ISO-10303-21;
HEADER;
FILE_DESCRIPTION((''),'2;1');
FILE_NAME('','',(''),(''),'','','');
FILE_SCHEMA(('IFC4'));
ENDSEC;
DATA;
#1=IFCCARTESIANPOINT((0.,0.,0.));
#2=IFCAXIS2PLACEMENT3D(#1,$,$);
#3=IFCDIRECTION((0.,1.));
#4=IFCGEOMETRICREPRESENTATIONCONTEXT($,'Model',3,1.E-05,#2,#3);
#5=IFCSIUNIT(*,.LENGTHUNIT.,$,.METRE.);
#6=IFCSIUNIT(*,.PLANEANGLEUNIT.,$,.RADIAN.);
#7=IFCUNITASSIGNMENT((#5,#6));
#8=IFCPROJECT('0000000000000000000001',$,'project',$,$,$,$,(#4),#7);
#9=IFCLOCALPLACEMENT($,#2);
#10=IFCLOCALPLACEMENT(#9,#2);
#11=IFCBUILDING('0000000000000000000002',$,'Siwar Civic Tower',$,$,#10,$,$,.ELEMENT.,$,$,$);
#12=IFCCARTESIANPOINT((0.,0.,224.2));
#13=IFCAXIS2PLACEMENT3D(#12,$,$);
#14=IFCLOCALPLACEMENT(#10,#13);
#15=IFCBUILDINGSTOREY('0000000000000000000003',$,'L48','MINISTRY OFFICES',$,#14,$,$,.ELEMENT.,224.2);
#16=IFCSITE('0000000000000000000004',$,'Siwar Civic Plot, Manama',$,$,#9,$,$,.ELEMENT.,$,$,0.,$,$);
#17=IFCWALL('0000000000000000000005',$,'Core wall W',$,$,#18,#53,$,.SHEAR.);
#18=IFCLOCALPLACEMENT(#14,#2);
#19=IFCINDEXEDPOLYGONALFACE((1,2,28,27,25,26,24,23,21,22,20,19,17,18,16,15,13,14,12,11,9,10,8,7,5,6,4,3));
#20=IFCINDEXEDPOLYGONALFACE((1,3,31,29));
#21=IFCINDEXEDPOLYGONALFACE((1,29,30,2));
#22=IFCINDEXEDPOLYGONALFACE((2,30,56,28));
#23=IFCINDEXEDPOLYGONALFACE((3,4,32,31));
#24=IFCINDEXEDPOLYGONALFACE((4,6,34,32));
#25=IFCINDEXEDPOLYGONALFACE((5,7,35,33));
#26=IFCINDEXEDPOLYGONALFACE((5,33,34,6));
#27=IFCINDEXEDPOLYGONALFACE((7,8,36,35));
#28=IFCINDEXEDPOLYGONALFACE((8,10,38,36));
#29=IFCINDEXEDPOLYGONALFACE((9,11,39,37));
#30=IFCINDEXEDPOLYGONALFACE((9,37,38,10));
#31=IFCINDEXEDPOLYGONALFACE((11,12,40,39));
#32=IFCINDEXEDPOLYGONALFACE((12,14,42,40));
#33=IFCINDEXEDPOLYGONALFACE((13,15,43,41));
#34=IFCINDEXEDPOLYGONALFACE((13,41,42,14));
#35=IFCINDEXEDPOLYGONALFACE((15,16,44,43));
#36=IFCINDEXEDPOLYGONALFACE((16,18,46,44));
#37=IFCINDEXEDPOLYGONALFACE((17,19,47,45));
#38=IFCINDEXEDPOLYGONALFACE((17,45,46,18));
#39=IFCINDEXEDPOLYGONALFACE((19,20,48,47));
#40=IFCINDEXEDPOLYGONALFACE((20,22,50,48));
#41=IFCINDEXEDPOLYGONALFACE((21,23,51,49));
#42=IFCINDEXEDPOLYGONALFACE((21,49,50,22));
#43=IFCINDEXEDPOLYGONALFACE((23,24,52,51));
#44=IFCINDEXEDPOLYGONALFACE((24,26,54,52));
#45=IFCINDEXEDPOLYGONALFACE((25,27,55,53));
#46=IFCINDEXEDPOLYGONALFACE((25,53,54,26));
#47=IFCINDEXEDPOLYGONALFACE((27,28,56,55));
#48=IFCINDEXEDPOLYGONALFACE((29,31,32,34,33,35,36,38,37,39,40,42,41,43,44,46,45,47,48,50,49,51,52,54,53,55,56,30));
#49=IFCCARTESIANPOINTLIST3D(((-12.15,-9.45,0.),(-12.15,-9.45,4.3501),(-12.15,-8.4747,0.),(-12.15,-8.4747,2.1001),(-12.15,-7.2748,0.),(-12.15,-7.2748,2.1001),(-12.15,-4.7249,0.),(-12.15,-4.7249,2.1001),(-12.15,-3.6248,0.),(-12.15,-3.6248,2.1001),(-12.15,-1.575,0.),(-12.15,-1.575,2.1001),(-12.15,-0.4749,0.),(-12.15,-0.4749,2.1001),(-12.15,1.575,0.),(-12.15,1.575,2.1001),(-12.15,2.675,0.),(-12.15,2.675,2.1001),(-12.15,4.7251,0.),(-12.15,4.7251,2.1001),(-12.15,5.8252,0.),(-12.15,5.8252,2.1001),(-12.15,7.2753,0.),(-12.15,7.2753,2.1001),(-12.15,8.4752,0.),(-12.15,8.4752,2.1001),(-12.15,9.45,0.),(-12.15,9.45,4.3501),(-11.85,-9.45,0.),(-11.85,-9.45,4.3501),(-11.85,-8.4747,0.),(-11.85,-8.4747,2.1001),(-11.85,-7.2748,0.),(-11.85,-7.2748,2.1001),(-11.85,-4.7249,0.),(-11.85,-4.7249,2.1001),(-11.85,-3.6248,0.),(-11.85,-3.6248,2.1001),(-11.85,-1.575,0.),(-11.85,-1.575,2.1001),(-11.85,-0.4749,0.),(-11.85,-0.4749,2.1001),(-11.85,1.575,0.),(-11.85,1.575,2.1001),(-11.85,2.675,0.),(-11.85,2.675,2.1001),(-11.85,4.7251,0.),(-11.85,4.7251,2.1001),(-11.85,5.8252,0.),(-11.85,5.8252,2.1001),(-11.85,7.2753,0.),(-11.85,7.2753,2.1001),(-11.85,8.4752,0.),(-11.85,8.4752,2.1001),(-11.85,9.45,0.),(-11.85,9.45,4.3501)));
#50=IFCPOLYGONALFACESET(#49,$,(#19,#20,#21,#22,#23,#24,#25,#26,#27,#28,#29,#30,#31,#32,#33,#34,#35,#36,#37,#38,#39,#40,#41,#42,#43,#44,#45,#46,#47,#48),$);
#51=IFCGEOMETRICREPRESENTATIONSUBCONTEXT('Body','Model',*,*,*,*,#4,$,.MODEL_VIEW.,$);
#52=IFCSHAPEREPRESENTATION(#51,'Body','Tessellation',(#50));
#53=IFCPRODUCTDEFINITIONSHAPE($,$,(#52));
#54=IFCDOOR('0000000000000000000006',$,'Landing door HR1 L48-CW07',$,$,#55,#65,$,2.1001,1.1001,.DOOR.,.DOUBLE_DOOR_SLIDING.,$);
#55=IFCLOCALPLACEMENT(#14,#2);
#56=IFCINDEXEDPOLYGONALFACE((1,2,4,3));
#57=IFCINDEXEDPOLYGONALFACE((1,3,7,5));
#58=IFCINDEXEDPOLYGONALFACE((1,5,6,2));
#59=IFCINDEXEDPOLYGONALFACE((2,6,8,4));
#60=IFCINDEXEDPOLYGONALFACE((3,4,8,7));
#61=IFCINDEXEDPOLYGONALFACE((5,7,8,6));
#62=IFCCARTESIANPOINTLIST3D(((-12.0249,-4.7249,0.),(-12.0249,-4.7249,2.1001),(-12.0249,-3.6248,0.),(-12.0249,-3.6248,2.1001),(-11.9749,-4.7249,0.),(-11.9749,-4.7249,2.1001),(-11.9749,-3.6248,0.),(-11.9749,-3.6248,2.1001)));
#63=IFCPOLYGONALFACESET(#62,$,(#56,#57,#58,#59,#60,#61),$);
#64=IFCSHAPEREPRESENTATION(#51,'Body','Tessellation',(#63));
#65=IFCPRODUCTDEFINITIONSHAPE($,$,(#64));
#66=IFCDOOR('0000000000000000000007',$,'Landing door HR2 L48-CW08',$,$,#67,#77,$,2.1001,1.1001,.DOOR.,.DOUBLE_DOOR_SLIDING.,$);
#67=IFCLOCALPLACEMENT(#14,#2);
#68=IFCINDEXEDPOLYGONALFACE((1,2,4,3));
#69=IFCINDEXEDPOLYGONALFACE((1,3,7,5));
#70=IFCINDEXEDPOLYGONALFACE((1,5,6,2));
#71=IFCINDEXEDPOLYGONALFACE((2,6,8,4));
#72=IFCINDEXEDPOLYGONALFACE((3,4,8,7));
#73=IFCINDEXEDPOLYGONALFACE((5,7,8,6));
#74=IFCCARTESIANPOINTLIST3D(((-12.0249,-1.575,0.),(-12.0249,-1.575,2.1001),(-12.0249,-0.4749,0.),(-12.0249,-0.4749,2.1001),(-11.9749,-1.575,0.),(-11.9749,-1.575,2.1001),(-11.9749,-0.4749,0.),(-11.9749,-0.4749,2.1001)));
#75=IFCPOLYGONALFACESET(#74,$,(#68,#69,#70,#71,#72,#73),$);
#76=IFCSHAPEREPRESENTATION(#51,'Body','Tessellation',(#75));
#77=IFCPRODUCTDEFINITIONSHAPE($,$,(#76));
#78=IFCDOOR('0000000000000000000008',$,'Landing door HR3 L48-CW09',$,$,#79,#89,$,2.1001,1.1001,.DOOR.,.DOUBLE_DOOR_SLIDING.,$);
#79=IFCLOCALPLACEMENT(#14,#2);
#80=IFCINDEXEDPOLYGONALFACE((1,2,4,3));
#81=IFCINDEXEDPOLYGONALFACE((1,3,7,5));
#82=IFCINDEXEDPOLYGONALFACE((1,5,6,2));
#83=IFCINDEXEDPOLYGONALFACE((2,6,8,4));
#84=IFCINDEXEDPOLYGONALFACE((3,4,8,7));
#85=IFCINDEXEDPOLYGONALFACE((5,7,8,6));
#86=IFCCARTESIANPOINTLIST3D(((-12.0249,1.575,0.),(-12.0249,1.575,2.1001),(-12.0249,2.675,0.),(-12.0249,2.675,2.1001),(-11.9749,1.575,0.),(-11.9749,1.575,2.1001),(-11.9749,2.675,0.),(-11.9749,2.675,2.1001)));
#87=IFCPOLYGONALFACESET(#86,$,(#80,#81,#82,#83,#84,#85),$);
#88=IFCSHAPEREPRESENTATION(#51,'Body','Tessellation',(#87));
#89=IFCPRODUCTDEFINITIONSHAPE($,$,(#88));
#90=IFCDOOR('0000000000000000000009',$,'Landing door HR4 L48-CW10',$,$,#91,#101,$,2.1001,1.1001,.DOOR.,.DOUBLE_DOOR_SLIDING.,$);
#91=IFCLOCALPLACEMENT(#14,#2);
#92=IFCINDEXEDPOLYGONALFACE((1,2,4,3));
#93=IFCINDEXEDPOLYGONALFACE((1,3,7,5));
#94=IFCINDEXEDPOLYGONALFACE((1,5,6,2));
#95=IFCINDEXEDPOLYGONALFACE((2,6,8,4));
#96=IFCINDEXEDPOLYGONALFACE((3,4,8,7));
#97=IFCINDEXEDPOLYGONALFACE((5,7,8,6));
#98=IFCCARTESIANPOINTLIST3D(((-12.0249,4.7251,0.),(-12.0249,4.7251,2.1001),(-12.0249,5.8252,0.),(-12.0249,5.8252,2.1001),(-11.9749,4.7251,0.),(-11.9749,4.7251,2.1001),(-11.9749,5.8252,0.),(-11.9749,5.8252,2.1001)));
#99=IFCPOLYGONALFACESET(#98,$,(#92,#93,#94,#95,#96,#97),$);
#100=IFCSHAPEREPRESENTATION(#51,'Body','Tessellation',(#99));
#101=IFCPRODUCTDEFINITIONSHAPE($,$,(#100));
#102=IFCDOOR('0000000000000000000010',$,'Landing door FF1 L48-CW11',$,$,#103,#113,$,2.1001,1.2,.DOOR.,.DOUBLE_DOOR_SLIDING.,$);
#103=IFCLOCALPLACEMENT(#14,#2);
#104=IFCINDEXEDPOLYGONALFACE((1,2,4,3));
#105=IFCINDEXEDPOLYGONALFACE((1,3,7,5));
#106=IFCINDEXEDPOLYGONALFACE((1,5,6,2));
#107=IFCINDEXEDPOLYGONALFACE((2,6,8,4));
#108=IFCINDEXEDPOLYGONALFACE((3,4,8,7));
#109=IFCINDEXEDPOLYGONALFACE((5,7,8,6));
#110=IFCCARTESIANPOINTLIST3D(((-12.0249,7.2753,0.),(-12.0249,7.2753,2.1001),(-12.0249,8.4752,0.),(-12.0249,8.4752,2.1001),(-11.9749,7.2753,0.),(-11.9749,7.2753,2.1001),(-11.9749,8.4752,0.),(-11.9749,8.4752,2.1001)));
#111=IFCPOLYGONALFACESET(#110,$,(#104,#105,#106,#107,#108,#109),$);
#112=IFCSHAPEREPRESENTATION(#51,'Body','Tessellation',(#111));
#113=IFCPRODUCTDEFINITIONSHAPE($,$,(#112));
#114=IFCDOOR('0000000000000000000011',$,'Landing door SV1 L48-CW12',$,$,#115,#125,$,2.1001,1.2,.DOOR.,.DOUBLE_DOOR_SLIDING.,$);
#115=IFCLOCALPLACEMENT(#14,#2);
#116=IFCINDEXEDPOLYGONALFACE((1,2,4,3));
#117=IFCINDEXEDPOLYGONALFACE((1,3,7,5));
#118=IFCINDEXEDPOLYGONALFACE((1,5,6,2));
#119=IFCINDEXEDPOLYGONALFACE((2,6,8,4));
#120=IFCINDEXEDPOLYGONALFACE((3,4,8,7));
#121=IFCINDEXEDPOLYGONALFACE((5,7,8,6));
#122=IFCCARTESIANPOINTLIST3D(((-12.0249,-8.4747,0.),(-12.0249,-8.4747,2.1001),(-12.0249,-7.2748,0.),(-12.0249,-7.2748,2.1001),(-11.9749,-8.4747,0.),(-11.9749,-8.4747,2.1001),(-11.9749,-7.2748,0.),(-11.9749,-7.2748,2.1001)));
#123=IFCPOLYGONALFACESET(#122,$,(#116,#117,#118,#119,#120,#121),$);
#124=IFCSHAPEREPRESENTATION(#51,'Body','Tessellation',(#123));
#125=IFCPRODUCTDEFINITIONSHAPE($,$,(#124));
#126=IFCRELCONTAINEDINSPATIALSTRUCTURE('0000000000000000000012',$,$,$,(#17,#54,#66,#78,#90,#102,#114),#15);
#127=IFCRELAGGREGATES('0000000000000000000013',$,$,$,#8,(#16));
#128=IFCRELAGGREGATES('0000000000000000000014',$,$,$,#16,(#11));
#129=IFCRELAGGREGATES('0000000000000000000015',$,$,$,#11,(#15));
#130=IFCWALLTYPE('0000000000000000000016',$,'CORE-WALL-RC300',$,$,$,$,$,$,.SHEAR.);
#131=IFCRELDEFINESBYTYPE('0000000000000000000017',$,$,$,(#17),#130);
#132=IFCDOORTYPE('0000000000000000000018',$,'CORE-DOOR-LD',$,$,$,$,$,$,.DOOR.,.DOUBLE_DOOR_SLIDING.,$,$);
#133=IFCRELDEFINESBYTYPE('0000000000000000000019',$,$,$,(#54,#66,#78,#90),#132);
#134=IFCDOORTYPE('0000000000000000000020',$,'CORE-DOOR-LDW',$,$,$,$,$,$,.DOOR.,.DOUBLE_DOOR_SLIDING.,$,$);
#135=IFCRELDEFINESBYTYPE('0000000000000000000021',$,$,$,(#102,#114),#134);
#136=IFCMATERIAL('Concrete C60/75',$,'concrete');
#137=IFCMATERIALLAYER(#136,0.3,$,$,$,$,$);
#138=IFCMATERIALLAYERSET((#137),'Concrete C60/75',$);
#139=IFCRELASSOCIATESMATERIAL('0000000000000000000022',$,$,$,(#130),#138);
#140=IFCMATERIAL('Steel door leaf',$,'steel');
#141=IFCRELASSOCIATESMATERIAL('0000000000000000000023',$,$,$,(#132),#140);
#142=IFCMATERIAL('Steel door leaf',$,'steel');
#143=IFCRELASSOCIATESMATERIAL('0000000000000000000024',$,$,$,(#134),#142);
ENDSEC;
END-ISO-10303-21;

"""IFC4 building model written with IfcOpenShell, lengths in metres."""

from ifc_helpers import new_model, si_unit, direction, frame, frame_2d, origin, place, context, subcontext, project, spatial, rectangle, extrude, material, layer, layer_set, type_object, element, fill, save


model = new_model("IFC4")

# Units and contexts
model_context = context("Model", 3, precision=1e-05, world=origin(), true_north=direction((0.0, 1.0)))
body_context = subcontext(model_context, "Body", "Model", "MODEL_VIEW")
ifc_project = project(units=[si_unit("LENGTHUNIT", "METRE"), si_unit("PLANEANGLEUNIT", "RADIAN")], contexts=[model_context])

# Site, building, storey
site_placement = place(None, origin())
site = spatial("IfcSite", under=ifc_project, at=site_placement, Name="Siwar Civic Plot, Manama", CompositionType="ELEMENT", RefElevation=0.0)
building_placement = place(site_placement, origin())
building = spatial("IfcBuilding", under=site, at=building_placement, Name="Siwar Civic Tower", CompositionType="ELEMENT")
storey_placement = place(building_placement, frame((0.0, 0.0, 224.2)))
storey = spatial("IfcBuildingStorey", under=building, at=storey_placement, Name="L48", Description="MINISTRY OFFICES", CompositionType="ELEMENT", Elevation=224.2)

# Wall, openings, doors
ifc_material_1 = material(Name="Concrete C60/75", Category="concrete")
ifc_layer_1 = layer(ifc_material_1, 0.3)
ifc_layer_set_1 = layer_set([ifc_layer_1], Name="Concrete C60/75")
wall_type_1 = type_object("IfcWallType", Name="CORE-WALL-RC300", PredefinedType="SHEAR", material=ifc_layer_set_1)
wall_1_placement = place(storey_placement, frame((-12.0, -9.45, 0.0), z_axis=(0.0, 0.0, 1.0), x_axis=(0.0, 1.0, 0.0)))
wall_1 = element("IfcWall", 1, at=wall_1_placement, inside=storey, type_object=wall_type_1, Name="Core wall W", PredefinedType="SHEAR", context=body_context, shape_type="SweptSolid", body=[
    extrude(rectangle(XDim=18.8999, YDim=0.3, at=frame_2d((9.45, 0.0))), origin(), (0.0, 0.0, 1.0), 4.3501),
])
opening_1_placement = place(wall_1_placement, frame((4.7251, 0.0, 0.0)))
opening_1 = element("IfcOpeningElement", 2, at=opening_1_placement, cuts=wall_1, PredefinedType="OPENING", context=body_context, shape_type="SweptSolid", body=[
    extrude(rectangle(XDim=1.1001, YDim=2.1001, at=frame_2d((0.55, 1.05))), frame((0.0, 0.1602, 0.0), z_axis=(0.0, -1.0, 0.0), x_axis=(1.0, 0.0, 0.0)), (0.0, 0.0, 1.0), 0.3201),
])
opening_2_placement = place(wall_1_placement, frame((7.875, 0.0, 0.0)))
opening_2 = element("IfcOpeningElement", 3, at=opening_2_placement, cuts=wall_1, PredefinedType="OPENING", context=body_context, shape_type="SweptSolid", body=[
    extrude(rectangle(XDim=1.1001, YDim=2.1001, at=frame_2d((0.55, 1.05))), frame((0.0, 0.1602, 0.0), z_axis=(0.0, -1.0, 0.0), x_axis=(1.0, 0.0, 0.0)), (0.0, 0.0, 1.0), 0.3201),
])
opening_3_placement = place(wall_1_placement, frame((11.0249, 0.0, 0.0)))
opening_3 = element("IfcOpeningElement", 4, at=opening_3_placement, cuts=wall_1, PredefinedType="OPENING", context=body_context, shape_type="SweptSolid", body=[
    extrude(rectangle(XDim=1.1001, YDim=2.1001, at=frame_2d((0.55, 1.05))), frame((0.0, 0.1602, 0.0), z_axis=(0.0, -1.0, 0.0), x_axis=(1.0, 0.0, 0.0)), (0.0, 0.0, 1.0), 0.3201),
])
opening_4_placement = place(wall_1_placement, frame((14.175, 0.0, 0.0)))
opening_4 = element("IfcOpeningElement", 5, at=opening_4_placement, cuts=wall_1, PredefinedType="OPENING", context=body_context, shape_type="SweptSolid", body=[
    extrude(rectangle(XDim=1.1001, YDim=2.1001, at=frame_2d((0.55, 1.05))), frame((0.0, 0.1602, 0.0), z_axis=(0.0, -1.0, 0.0), x_axis=(1.0, 0.0, 0.0)), (0.0, 0.0, 1.0), 0.3201),
])
opening_5_placement = place(wall_1_placement, frame((16.7251, 0.0, 0.0)))
opening_5 = element("IfcOpeningElement", 6, at=opening_5_placement, cuts=wall_1, PredefinedType="OPENING", context=body_context, shape_type="SweptSolid", body=[
    extrude(rectangle(XDim=1.2, YDim=2.1001, at=frame_2d((0.6001, 1.05))), frame((0.0, 0.1602, 0.0), z_axis=(0.0, -1.0, 0.0), x_axis=(1.0, 0.0, 0.0)), (0.0, 0.0, 1.0), 0.3201),
])
opening_6_placement = place(wall_1_placement, frame((0.9751, 0.0, 0.0)))
opening_6 = element("IfcOpeningElement", 7, at=opening_6_placement, cuts=wall_1, PredefinedType="OPENING", context=body_context, shape_type="SweptSolid", body=[
    extrude(rectangle(XDim=1.2, YDim=2.1001, at=frame_2d((0.6001, 1.05))), frame((0.0, 0.1602, 0.0), z_axis=(0.0, -1.0, 0.0), x_axis=(1.0, 0.0, 0.0)), (0.0, 0.0, 1.0), 0.3201),
])
ifc_material_2 = material(Name="Steel door leaf", Category="steel")
door_type_1 = type_object("IfcDoorType", Name="CORE-DOOR-LD", OperationType="DOUBLE_DOOR_SLIDING", PredefinedType="DOOR", material=ifc_material_2)
door_1_placement = place(opening_1_placement, origin())
door_1 = element("IfcDoor", 8, at=door_1_placement, inside=storey, type_object=door_type_1, Name="Landing door HR1 L48-CW07", OperationType="DOUBLE_DOOR_SLIDING", OverallHeight=2.1001, OverallWidth=1.1001, PredefinedType="DOOR", context=body_context, shape_type="SweptSolid", body=[
    extrude(rectangle(XDim=1.1001, YDim=2.1001, at=frame_2d((0.55, 1.05))), frame((0.0, 0.0249, 0.0), z_axis=(0.0, -1.0, 0.0), x_axis=(1.0, 0.0, 0.0)), (0.0, 0.0, 1.0), 0.05),
])
fill(opening_1, door_1)
door_2_placement = place(opening_2_placement, origin())
door_2 = element("IfcDoor", 9, at=door_2_placement, inside=storey, type_object=door_type_1, Name="Landing door HR2 L48-CW08", OperationType="DOUBLE_DOOR_SLIDING", OverallHeight=2.1001, OverallWidth=1.1001, PredefinedType="DOOR", context=body_context, shape_type="SweptSolid", body=[
    extrude(rectangle(XDim=1.1001, YDim=2.1001, at=frame_2d((0.55, 1.05))), frame((0.0, 0.0249, 0.0), z_axis=(0.0, -1.0, 0.0), x_axis=(1.0, 0.0, 0.0)), (0.0, 0.0, 1.0), 0.05),
])
fill(opening_2, door_2)
door_3_placement = place(opening_3_placement, origin())
door_3 = element("IfcDoor", 10, at=door_3_placement, inside=storey, type_object=door_type_1, Name="Landing door HR3 L48-CW09", OperationType="DOUBLE_DOOR_SLIDING", OverallHeight=2.1001, OverallWidth=1.1001, PredefinedType="DOOR", context=body_context, shape_type="SweptSolid", body=[
    extrude(rectangle(XDim=1.1001, YDim=2.1001, at=frame_2d((0.55, 1.05))), frame((0.0, 0.0249, 0.0), z_axis=(0.0, -1.0, 0.0), x_axis=(1.0, 0.0, 0.0)), (0.0, 0.0, 1.0), 0.05),
])
fill(opening_3, door_3)
door_4_placement = place(opening_4_placement, origin())
door_4 = element("IfcDoor", 11, at=door_4_placement, inside=storey, type_object=door_type_1, Name="Landing door HR4 L48-CW10", OperationType="DOUBLE_DOOR_SLIDING", OverallHeight=2.1001, OverallWidth=1.1001, PredefinedType="DOOR", context=body_context, shape_type="SweptSolid", body=[
    extrude(rectangle(XDim=1.1001, YDim=2.1001, at=frame_2d((0.55, 1.05))), frame((0.0, 0.0249, 0.0), z_axis=(0.0, -1.0, 0.0), x_axis=(1.0, 0.0, 0.0)), (0.0, 0.0, 1.0), 0.05),
])
fill(opening_4, door_4)
ifc_material_3 = material(Name="Steel door leaf", Category="steel")
door_type_2 = type_object("IfcDoorType", Name="CORE-DOOR-LDW", OperationType="DOUBLE_DOOR_SLIDING", PredefinedType="DOOR", material=ifc_material_3)
door_5_placement = place(opening_5_placement, origin())
door_5 = element("IfcDoor", 12, at=door_5_placement, inside=storey, type_object=door_type_2, Name="Landing door FF1 L48-CW11", OperationType="DOUBLE_DOOR_SLIDING", OverallHeight=2.1001, OverallWidth=1.2, PredefinedType="DOOR", context=body_context, shape_type="SweptSolid", body=[
    extrude(rectangle(XDim=1.2, YDim=2.1001, at=frame_2d((0.6001, 1.05))), frame((0.0, 0.0249, 0.0), z_axis=(0.0, -1.0, 0.0), x_axis=(1.0, 0.0, 0.0)), (0.0, 0.0, 1.0), 0.05),
])
fill(opening_5, door_5)
door_6_placement = place(opening_6_placement, origin())
door_6 = element("IfcDoor", 13, at=door_6_placement, inside=storey, type_object=door_type_2, Name="Landing door SV1 L48-CW12", OperationType="DOUBLE_DOOR_SLIDING", OverallHeight=2.1001, OverallWidth=1.2, PredefinedType="DOOR", context=body_context, shape_type="SweptSolid", body=[
    extrude(rectangle(XDim=1.2, YDim=2.1001, at=frame_2d((0.6001, 1.05))), frame((0.0, 0.0249, 0.0), z_axis=(0.0, -1.0, 0.0), x_axis=(1.0, 0.0, 0.0)), (0.0, 0.0, 1.0), 0.05),
])
fill(opening_6, door_6)

save(model, "model.ifc")
